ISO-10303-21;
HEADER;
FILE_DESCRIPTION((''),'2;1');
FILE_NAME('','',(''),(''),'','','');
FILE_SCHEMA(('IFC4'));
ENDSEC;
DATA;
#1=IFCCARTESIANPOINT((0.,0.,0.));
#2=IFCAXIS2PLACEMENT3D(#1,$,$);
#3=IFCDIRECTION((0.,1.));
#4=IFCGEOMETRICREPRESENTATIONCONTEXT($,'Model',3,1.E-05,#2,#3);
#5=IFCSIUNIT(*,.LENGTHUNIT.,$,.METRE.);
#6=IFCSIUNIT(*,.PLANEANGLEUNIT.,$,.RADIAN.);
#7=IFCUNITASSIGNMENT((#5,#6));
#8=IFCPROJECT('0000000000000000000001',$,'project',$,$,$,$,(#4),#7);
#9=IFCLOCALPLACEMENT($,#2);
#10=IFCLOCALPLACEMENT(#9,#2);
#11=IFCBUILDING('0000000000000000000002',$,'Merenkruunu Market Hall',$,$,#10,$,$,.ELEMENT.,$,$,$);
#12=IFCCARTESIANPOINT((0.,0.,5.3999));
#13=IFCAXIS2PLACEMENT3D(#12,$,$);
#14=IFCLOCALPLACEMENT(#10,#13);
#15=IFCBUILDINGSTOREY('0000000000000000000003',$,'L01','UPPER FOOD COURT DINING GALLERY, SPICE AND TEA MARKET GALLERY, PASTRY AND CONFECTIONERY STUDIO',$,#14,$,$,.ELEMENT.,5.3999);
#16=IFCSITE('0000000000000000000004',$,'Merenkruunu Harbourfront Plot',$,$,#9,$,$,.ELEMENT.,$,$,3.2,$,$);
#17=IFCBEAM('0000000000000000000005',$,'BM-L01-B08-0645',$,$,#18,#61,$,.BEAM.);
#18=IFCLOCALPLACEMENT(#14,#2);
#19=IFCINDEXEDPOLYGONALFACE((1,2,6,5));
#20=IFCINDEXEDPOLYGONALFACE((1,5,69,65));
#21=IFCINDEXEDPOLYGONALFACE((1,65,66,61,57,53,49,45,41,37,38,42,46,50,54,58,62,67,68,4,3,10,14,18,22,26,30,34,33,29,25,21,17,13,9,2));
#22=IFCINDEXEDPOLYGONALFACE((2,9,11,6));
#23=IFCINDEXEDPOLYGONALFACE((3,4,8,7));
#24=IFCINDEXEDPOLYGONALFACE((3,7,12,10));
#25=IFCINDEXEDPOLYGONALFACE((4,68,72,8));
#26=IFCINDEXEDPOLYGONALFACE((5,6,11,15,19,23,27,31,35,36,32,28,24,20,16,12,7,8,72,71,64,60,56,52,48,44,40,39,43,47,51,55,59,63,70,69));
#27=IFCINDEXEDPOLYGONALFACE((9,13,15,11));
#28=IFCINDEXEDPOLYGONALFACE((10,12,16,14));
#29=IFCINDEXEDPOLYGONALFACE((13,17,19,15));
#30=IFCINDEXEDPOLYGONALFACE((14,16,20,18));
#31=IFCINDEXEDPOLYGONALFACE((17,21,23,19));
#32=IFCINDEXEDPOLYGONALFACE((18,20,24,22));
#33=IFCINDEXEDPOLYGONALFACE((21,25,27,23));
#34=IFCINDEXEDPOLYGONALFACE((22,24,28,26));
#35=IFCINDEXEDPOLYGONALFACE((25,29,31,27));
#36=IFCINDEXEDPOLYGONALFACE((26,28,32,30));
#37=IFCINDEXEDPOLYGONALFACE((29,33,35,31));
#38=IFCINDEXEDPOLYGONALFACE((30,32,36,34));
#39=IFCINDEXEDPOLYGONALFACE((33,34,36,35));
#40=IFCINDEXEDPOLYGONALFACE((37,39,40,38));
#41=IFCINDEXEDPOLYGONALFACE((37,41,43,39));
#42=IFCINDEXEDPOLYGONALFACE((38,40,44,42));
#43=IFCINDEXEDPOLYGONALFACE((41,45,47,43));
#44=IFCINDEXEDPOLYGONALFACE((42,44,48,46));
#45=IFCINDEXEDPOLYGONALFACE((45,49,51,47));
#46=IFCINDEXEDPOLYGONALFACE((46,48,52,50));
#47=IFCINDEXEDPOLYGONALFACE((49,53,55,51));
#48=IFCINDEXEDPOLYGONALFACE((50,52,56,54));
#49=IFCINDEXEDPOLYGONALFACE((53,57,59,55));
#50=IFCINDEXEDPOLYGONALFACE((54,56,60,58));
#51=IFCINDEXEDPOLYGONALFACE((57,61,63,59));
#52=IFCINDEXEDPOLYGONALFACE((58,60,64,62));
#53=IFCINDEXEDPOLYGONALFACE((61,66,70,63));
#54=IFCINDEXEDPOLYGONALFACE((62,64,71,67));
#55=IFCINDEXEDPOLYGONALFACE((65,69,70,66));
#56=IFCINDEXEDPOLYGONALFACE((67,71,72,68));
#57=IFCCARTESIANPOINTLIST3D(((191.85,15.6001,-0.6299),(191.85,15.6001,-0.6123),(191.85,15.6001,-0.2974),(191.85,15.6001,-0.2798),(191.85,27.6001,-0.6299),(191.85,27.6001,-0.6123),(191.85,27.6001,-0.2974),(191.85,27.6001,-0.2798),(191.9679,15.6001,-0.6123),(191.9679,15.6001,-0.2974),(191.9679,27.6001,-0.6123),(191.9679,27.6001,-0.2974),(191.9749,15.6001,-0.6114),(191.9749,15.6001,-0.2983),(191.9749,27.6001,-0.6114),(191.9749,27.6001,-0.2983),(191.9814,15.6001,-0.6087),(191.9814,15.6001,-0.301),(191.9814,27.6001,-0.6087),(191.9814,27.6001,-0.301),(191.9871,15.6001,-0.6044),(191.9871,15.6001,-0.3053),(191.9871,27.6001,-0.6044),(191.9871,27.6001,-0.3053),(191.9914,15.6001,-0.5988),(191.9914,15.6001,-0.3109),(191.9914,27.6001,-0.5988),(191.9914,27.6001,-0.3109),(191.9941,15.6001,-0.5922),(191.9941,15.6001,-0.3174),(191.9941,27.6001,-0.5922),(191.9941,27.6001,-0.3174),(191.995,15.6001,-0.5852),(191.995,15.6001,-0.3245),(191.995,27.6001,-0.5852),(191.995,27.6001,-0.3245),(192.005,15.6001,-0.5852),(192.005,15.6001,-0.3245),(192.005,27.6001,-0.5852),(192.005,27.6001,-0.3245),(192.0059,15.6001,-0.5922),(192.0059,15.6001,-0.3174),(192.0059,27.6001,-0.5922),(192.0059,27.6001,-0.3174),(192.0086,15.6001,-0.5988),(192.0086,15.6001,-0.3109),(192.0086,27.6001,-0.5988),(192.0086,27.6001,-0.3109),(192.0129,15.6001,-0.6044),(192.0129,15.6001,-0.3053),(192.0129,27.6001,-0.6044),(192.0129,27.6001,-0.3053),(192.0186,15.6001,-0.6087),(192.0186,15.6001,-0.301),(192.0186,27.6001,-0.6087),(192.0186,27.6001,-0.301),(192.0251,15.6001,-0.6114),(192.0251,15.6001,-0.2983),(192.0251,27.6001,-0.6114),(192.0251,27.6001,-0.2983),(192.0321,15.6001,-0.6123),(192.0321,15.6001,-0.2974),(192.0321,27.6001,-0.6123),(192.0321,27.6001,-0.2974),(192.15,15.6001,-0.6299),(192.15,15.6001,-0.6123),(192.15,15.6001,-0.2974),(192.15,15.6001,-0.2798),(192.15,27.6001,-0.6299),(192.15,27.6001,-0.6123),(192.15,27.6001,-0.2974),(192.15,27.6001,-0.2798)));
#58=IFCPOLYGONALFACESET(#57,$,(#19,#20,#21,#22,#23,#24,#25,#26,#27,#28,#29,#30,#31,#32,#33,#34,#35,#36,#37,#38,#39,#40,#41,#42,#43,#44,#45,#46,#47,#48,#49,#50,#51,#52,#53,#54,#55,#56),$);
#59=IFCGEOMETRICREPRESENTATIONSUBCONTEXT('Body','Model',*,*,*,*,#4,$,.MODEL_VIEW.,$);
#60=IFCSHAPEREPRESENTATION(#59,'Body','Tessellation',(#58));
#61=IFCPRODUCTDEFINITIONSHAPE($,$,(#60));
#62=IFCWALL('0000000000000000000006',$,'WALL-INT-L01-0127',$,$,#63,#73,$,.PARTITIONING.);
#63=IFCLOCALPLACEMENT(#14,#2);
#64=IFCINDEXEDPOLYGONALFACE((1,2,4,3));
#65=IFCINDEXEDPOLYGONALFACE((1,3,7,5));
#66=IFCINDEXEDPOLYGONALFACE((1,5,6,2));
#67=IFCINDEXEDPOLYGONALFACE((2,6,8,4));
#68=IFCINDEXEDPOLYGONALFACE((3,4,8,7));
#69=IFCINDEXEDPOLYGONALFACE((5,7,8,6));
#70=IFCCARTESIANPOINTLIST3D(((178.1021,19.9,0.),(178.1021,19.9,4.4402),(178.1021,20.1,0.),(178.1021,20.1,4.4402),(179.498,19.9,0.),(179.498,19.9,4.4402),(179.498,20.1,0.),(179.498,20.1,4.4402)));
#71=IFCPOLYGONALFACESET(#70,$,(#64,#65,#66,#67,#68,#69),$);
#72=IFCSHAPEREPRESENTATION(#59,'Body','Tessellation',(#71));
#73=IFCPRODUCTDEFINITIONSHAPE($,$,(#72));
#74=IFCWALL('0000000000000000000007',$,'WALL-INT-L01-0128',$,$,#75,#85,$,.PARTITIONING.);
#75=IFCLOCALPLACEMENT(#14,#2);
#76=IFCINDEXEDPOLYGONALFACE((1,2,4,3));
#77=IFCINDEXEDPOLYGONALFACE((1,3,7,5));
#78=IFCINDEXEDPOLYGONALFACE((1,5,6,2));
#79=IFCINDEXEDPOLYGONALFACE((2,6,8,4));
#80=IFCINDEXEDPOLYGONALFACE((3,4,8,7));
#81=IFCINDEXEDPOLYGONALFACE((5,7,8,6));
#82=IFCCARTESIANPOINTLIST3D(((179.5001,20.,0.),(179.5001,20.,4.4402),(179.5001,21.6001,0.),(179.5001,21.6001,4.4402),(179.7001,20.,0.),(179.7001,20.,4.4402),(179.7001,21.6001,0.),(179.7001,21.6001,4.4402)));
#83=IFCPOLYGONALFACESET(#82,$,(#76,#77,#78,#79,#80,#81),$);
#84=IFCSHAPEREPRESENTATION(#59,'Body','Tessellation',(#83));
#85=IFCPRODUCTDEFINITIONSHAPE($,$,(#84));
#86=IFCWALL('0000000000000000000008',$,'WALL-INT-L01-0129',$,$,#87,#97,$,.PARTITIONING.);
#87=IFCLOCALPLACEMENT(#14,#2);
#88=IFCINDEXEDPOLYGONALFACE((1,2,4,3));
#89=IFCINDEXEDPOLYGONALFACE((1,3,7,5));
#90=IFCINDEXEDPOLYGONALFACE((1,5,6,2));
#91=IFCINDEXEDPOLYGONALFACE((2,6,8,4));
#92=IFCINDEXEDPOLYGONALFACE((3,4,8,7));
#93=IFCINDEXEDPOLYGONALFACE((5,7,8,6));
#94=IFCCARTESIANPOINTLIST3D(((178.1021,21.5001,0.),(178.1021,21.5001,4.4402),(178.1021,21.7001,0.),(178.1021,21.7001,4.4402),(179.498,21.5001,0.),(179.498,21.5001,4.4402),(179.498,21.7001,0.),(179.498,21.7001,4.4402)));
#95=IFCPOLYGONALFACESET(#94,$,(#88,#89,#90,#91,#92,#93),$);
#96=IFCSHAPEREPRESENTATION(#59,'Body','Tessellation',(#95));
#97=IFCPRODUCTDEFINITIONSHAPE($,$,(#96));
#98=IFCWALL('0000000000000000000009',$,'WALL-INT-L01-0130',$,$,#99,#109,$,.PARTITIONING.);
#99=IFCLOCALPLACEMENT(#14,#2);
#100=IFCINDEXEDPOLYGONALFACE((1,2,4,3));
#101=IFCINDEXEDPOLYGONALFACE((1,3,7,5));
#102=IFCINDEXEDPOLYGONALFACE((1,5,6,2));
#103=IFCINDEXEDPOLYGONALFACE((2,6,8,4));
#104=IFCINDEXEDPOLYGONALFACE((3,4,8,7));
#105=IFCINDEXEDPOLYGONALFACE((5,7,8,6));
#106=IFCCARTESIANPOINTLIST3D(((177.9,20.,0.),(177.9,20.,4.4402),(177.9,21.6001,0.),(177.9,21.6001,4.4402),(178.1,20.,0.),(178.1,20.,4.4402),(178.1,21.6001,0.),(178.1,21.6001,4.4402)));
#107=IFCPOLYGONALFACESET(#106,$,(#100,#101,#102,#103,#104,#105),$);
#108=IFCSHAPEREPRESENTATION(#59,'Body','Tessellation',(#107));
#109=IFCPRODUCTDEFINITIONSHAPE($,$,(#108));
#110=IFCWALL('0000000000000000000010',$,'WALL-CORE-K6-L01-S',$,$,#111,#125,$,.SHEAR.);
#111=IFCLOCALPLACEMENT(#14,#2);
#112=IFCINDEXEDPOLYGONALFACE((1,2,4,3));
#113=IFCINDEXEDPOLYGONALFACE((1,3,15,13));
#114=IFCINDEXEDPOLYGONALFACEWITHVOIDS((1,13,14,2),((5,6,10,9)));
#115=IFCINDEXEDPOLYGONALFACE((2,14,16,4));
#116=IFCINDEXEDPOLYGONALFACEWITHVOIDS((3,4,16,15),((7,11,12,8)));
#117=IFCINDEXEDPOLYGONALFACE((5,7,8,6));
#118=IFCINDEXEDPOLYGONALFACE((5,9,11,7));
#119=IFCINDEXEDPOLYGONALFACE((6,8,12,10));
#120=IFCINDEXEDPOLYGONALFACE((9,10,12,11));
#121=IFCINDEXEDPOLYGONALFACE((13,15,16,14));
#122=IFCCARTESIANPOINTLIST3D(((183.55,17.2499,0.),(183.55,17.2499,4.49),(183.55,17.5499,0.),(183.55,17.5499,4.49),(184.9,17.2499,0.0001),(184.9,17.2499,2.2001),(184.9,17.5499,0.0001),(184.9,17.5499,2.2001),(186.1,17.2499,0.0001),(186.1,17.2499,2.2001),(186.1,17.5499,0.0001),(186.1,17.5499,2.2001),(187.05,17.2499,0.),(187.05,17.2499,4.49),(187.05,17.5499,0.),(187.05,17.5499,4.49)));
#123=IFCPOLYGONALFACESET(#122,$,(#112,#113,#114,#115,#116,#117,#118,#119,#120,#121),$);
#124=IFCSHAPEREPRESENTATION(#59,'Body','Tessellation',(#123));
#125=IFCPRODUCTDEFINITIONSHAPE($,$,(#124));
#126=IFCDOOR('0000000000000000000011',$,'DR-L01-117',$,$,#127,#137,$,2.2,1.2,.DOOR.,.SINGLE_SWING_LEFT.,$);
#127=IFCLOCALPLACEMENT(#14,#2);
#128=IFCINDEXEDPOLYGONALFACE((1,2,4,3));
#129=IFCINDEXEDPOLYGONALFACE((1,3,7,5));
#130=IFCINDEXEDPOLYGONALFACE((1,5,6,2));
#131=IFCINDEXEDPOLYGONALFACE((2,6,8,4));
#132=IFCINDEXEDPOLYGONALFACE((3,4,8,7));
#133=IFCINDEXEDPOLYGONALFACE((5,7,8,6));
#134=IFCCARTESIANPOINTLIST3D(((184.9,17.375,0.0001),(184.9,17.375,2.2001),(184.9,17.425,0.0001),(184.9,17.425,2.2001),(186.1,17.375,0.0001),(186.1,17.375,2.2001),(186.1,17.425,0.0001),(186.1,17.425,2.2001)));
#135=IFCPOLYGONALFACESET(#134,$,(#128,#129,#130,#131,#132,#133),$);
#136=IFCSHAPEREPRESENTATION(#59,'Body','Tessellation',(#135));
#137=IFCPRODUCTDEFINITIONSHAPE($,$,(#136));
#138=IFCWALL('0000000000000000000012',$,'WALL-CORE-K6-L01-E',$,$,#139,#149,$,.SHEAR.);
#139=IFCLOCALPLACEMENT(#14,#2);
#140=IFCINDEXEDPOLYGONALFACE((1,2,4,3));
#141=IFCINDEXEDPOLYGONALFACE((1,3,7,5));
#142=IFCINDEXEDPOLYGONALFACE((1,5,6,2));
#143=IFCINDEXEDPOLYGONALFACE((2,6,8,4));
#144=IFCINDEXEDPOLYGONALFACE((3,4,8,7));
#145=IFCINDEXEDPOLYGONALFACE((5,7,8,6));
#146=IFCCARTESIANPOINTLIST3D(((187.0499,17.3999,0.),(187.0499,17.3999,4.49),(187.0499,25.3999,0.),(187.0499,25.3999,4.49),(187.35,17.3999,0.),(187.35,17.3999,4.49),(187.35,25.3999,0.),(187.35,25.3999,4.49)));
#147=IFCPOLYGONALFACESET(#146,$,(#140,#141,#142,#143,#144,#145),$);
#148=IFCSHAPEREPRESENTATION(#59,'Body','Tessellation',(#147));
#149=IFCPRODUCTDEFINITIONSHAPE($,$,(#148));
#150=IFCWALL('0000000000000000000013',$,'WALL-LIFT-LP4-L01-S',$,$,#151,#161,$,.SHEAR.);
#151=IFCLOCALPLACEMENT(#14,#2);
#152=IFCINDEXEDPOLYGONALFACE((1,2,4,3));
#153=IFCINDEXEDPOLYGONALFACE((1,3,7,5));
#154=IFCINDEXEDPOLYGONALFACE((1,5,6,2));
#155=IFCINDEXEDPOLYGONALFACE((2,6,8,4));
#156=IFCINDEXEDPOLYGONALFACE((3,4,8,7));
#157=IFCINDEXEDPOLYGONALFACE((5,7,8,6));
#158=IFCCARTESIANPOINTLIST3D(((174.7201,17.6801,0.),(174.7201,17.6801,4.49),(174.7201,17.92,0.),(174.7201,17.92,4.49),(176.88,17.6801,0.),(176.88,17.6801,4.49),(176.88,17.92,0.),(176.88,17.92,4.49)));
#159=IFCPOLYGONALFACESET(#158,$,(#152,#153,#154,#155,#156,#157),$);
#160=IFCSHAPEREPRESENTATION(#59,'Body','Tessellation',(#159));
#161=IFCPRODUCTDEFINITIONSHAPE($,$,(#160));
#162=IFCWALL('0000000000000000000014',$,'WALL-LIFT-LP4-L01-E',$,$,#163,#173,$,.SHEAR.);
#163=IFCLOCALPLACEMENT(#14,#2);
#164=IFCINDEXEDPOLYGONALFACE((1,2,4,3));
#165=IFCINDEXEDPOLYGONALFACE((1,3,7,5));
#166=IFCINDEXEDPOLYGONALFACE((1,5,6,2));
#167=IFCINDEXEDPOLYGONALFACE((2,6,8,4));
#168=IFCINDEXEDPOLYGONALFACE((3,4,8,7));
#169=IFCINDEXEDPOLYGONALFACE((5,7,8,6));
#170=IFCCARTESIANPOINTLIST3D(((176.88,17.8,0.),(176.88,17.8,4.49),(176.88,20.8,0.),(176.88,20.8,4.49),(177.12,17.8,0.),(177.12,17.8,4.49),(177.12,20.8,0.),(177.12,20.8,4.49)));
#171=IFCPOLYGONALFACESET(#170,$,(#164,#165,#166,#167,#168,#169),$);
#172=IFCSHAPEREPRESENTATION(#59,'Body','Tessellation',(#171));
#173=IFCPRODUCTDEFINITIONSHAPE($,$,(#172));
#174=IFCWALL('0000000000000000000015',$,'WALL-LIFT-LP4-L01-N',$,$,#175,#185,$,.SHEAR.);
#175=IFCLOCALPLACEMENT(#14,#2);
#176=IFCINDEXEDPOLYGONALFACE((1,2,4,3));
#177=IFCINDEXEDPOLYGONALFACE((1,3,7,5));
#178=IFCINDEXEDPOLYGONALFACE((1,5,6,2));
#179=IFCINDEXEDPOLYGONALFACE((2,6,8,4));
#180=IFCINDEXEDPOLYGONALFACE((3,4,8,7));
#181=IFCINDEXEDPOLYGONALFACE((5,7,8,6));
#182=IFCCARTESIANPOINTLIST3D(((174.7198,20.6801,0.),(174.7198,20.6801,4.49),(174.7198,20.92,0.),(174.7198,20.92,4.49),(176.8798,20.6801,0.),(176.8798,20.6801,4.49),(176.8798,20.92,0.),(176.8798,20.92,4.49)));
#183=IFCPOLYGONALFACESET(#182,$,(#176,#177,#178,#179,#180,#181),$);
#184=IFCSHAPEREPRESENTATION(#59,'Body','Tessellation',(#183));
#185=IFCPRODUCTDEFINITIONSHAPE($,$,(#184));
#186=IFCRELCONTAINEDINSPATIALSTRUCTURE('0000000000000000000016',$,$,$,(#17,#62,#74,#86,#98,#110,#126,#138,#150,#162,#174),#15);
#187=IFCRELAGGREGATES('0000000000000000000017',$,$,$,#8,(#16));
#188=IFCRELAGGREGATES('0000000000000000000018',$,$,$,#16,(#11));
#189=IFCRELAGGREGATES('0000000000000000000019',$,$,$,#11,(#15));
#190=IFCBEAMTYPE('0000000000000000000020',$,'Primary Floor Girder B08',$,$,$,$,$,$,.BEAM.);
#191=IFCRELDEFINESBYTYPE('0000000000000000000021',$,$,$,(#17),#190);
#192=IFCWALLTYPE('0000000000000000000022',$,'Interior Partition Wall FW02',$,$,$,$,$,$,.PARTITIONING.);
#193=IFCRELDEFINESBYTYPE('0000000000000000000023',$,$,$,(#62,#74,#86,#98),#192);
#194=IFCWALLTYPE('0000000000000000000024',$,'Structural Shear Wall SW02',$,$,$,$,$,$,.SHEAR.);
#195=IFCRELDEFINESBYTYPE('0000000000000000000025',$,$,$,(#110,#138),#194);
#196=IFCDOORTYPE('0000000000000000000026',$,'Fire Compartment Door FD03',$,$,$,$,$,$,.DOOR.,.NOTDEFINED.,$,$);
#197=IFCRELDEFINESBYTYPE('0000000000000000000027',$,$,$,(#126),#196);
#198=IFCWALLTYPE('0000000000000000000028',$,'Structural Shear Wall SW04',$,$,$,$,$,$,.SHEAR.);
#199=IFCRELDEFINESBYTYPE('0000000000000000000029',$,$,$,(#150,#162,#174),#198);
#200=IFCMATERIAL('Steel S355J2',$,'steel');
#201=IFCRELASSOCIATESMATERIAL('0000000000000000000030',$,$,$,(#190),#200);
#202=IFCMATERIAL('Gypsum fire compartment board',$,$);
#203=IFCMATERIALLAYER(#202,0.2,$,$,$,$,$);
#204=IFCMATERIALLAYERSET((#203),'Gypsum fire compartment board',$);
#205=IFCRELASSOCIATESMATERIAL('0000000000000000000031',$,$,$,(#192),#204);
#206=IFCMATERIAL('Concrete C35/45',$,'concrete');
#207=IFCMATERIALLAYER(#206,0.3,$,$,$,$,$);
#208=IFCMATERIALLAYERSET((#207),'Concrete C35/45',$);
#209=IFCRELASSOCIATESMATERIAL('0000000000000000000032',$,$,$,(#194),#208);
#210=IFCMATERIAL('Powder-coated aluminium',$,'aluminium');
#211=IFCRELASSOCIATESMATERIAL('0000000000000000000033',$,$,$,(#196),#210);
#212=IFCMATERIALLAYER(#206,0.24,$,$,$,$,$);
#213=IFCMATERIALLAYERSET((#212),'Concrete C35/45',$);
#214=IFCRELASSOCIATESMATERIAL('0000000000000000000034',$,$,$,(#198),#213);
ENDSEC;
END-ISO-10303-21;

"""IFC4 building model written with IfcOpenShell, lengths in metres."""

from ifc_helpers import new_model, si_unit, direction, frame, frame_2d, origin, origin_2d, place, context, subcontext, project, spatial, rectangle, i_section, extrude, material, layer, layer_set, material_profile, profile_set, type_object, element, fill, save


model = new_model("IFC4")

# Units and contexts
model_context = context("Model", 3, precision=1e-05, world=origin(), true_north=direction((0.0, 1.0)))
body_context = subcontext(model_context, "Body", "Model", "MODEL_VIEW")
ifc_project = project(units=[si_unit("LENGTHUNIT", "METRE"), si_unit("PLANEANGLEUNIT", "RADIAN")], contexts=[model_context])

# Site, building, storey
site_placement = place(None, origin())
site = spatial("IfcSite", under=ifc_project, at=site_placement, Name="Merenkruunu Harbourfront Plot", CompositionType="ELEMENT", RefElevation=3.2)
building_placement = place(site_placement, origin())
building = spatial("IfcBuilding", under=site, at=building_placement, Name="Merenkruunu Market Hall", CompositionType="ELEMENT")
storey_placement = place(building_placement, frame((0.0, 0.0, 5.3999)))
storey = spatial("IfcBuildingStorey", under=building, at=storey_placement, Name="L01", Description="UPPER FOOD COURT DINING GALLERY, SPICE AND TEA MARKET GALLERY, PASTRY AND CONFECTIONERY STUDIO", CompositionType="ELEMENT", Elevation=5.3999)

# Beam
ifc_material_1 = material(Name="Steel S355J2", Category="steel")
ifc_material_profile = material_profile(ifc_material_1, i_section(OverallWidth=0.3, OverallDepth=0.3501, WebThickness=0.01, FlangeThickness=0.0176, FilletRadius=0.0271, at=origin_2d()), Name="HEA 360")
ifc_profile_set = profile_set([ifc_material_profile], Name="Steel S355J2")
beam_type = type_object("IfcBeamType", Name="Primary Floor Girder B08", PredefinedType="BEAM", material=ifc_profile_set)
beam_placement = place(storey_placement, frame((192.0, 15.6001, -0.4548), z_axis=(0.0, 1.0, 0.0), x_axis=(-1.0, 0.0, 0.0)))
element("IfcBeam", 1, at=beam_placement, inside=storey, type_object=beam_type, Name="BM-L01-B08-0645", PredefinedType="BEAM", context=body_context, shape_type="SweptSolid", body=[
    extrude(i_section(OverallWidth=0.3, OverallDepth=0.3501, WebThickness=0.01, FlangeThickness=0.0176, FilletRadius=0.0271, at=origin_2d()), origin(), (0.0, 0.0, 1.0), 12.0),
])

# Walls
ifc_material_2 = material(Name="Gypsum fire compartment board")
ifc_layer_1 = layer(ifc_material_2, 0.2)
ifc_layer_set_1 = layer_set([ifc_layer_1], Name="Gypsum fire compartment board")
wall_type_1 = type_object("IfcWallType", Name="Interior Partition Wall FW02", PredefinedType="PARTITIONING", material=ifc_layer_set_1)
wall_1_placement = place(storey_placement, frame((178.1021, 20.0, 0.0), z_axis=(0.0, 0.0, 1.0), x_axis=(1.0, 0.0, 0.0)))
element("IfcWall", 2, at=wall_1_placement, inside=storey, type_object=wall_type_1, Name="WALL-INT-L01-0127", PredefinedType="PARTITIONING", context=body_context, shape_type="SweptSolid", body=[
    extrude(rectangle(XDim=1.396, YDim=0.2, at=frame_2d((0.698, 0.0))), origin(), (0.0, 0.0, 1.0), 4.4402),
])
wall_2_placement = place(storey_placement, frame((179.6001, 20.0, 0.0), z_axis=(0.0, 0.0, 1.0), x_axis=(0.0, 1.0, 0.0)))
element("IfcWall", 3, at=wall_2_placement, inside=storey, type_object=wall_type_1, Name="WALL-INT-L01-0128", PredefinedType="PARTITIONING", context=body_context, shape_type="SweptSolid", body=[
    extrude(rectangle(XDim=1.6001, YDim=0.2, at=frame_2d((0.8, 0.0))), origin(), (0.0, 0.0, 1.0), 4.4402),
])
wall_3_placement = place(storey_placement, frame((179.498, 21.6001, 0.0), z_axis=(0.0, 0.0, 1.0), x_axis=(-1.0, 0.0, 0.0)))
element("IfcWall", 4, at=wall_3_placement, inside=storey, type_object=wall_type_1, Name="WALL-INT-L01-0129", PredefinedType="PARTITIONING", context=body_context, shape_type="SweptSolid", body=[
    extrude(rectangle(XDim=1.396, YDim=0.2, at=frame_2d((0.698, 0.0))), origin(), (0.0, 0.0, 1.0), 4.4402),
])
wall_4_placement = place(storey_placement, frame((178.0, 21.6001, 0.0), z_axis=(0.0, 0.0, 1.0), x_axis=(0.0, -1.0, 0.0)))
element("IfcWall", 5, at=wall_4_placement, inside=storey, type_object=wall_type_1, Name="WALL-INT-L01-0130", PredefinedType="PARTITIONING", context=body_context, shape_type="SweptSolid", body=[
    extrude(rectangle(XDim=1.6001, YDim=0.2, at=frame_2d((0.8, 0.0))), origin(), (0.0, 0.0, 1.0), 4.4402),
])

# Wall, opening, door
ifc_material_3 = material(Name="Concrete C35/45", Category="concrete")
ifc_layer_2 = layer(ifc_material_3, 0.3)
ifc_layer_set_2 = layer_set([ifc_layer_2], Name="Concrete C35/45")
wall_type_2 = type_object("IfcWallType", Name="Structural Shear Wall SW02", PredefinedType="SHEAR", material=ifc_layer_set_2)
wall_5_placement = place(storey_placement, frame((187.05, 17.3999, 0.0), z_axis=(0.0, 0.0, 1.0), x_axis=(-1.0, 0.0, 0.0)))
wall_5 = element("IfcWall", 6, at=wall_5_placement, inside=storey, type_object=wall_type_2, Name="WALL-CORE-K6-L01-S", PredefinedType="SHEAR", context=body_context, shape_type="SweptSolid", body=[
    extrude(rectangle(XDim=3.5, YDim=0.3, at=frame_2d((1.75, 0.0))), origin(), (0.0, 0.0, 1.0), 4.49),
])
opening_1_placement = place(wall_5_placement, frame((0.95, 0.0, 0.0)))
opening_1 = element("IfcOpeningElement", 7, at=opening_1_placement, cuts=wall_5, PredefinedType="OPENING", context=body_context, shape_type="SweptSolid", body=[
    extrude(rectangle(XDim=1.2, YDim=2.2, at=frame_2d((0.6001, 1.1001))), frame((0.0, 0.1602, 0.0), z_axis=(0.0, -1.0, 0.0), x_axis=(1.0, 0.0, 0.0)), (0.0, 0.0, 1.0), 0.3201),
])
ifc_material_4 = material(Name="Powder-coated aluminium", Category="aluminium")
door_type_1 = type_object("IfcDoorType", Name="Fire Compartment Door FD03", OperationType="NOTDEFINED", PredefinedType="DOOR", material=ifc_material_4)
door_1_placement = place(opening_1_placement, origin())
door_1 = element("IfcDoor", 8, at=door_1_placement, inside=storey, type_object=door_type_1, Name="DR-L01-117", OperationType="SINGLE_SWING_LEFT", OverallHeight=2.2, OverallWidth=1.2, PredefinedType="DOOR", context=body_context, shape_type="SweptSolid", body=[
    extrude(rectangle(XDim=1.2, YDim=2.2, at=frame_2d((0.6001, 1.1001))), frame((0.0, 0.0249, 0.0), z_axis=(0.0, -1.0, 0.0), x_axis=(1.0, 0.0, 0.0)), (0.0, 0.0, 1.0), 0.05),
])
fill(opening_1, door_1)

# Walls
wall_6_placement = place(storey_placement, frame((187.2, 17.3999, 0.0), z_axis=(0.0, 0.0, 1.0), x_axis=(0.0, 1.0, 0.0)))
element("IfcWall", 9, at=wall_6_placement, inside=storey, type_object=wall_type_2, Name="WALL-CORE-K6-L01-E", PredefinedType="SHEAR", context=body_context, shape_type="SweptSolid", body=[
    extrude(rectangle(XDim=8.0, YDim=0.3, at=frame_2d((4.0, 0.0))), origin(), (0.0, 0.0, 1.0), 4.49),
])
ifc_layer_3 = layer(ifc_material_3, 0.24)
ifc_layer_set_3 = layer_set([ifc_layer_3], Name="Concrete C35/45")
wall_type_3 = type_object("IfcWallType", Name="Structural Shear Wall SW04", PredefinedType="SHEAR", material=ifc_layer_set_3)
wall_7_placement = place(storey_placement, frame((174.72, 17.8, 0.0), z_axis=(0.0, 0.0, 1.0), x_axis=(1.0, 0.0, 0.0)))
element("IfcWall", 10, at=wall_7_placement, inside=storey, type_object=wall_type_3, Name="WALL-LIFT-LP4-L01-S", PredefinedType="SHEAR", context=body_context, shape_type="SweptSolid", body=[
    extrude(rectangle(XDim=2.1599, YDim=0.24, at=frame_2d((1.0801, 0.0))), origin(), (0.0, 0.0, 1.0), 4.49),
])
wall_8_placement = place(storey_placement, frame((177.0, 17.8, 0.0), z_axis=(0.0, 0.0, 1.0), x_axis=(0.0, 1.0, 0.0)))
element("IfcWall", 11, at=wall_8_placement, inside=storey, type_object=wall_type_3, Name="WALL-LIFT-LP4-L01-E", PredefinedType="SHEAR", context=body_context, shape_type="SweptSolid", body=[
    extrude(rectangle(XDim=3.0, YDim=0.24, at=frame_2d((1.5, 0.0))), origin(), (0.0, 0.0, 1.0), 4.49),
])
wall_9_placement = place(storey_placement, frame((176.8799, 20.8, 0.0), z_axis=(0.0, 0.0, 1.0), x_axis=(-1.0, 0.0, 0.0)))
element("IfcWall", 12, at=wall_9_placement, inside=storey, type_object=wall_type_3, Name="WALL-LIFT-LP4-L01-N", PredefinedType="SHEAR", context=body_context, shape_type="SweptSolid", body=[
    extrude(rectangle(XDim=2.1599, YDim=0.24, at=frame_2d((1.0801, 0.0))), origin(), (0.0, 0.0, 1.0), 4.49),
])

save(model, "model.ifc")
